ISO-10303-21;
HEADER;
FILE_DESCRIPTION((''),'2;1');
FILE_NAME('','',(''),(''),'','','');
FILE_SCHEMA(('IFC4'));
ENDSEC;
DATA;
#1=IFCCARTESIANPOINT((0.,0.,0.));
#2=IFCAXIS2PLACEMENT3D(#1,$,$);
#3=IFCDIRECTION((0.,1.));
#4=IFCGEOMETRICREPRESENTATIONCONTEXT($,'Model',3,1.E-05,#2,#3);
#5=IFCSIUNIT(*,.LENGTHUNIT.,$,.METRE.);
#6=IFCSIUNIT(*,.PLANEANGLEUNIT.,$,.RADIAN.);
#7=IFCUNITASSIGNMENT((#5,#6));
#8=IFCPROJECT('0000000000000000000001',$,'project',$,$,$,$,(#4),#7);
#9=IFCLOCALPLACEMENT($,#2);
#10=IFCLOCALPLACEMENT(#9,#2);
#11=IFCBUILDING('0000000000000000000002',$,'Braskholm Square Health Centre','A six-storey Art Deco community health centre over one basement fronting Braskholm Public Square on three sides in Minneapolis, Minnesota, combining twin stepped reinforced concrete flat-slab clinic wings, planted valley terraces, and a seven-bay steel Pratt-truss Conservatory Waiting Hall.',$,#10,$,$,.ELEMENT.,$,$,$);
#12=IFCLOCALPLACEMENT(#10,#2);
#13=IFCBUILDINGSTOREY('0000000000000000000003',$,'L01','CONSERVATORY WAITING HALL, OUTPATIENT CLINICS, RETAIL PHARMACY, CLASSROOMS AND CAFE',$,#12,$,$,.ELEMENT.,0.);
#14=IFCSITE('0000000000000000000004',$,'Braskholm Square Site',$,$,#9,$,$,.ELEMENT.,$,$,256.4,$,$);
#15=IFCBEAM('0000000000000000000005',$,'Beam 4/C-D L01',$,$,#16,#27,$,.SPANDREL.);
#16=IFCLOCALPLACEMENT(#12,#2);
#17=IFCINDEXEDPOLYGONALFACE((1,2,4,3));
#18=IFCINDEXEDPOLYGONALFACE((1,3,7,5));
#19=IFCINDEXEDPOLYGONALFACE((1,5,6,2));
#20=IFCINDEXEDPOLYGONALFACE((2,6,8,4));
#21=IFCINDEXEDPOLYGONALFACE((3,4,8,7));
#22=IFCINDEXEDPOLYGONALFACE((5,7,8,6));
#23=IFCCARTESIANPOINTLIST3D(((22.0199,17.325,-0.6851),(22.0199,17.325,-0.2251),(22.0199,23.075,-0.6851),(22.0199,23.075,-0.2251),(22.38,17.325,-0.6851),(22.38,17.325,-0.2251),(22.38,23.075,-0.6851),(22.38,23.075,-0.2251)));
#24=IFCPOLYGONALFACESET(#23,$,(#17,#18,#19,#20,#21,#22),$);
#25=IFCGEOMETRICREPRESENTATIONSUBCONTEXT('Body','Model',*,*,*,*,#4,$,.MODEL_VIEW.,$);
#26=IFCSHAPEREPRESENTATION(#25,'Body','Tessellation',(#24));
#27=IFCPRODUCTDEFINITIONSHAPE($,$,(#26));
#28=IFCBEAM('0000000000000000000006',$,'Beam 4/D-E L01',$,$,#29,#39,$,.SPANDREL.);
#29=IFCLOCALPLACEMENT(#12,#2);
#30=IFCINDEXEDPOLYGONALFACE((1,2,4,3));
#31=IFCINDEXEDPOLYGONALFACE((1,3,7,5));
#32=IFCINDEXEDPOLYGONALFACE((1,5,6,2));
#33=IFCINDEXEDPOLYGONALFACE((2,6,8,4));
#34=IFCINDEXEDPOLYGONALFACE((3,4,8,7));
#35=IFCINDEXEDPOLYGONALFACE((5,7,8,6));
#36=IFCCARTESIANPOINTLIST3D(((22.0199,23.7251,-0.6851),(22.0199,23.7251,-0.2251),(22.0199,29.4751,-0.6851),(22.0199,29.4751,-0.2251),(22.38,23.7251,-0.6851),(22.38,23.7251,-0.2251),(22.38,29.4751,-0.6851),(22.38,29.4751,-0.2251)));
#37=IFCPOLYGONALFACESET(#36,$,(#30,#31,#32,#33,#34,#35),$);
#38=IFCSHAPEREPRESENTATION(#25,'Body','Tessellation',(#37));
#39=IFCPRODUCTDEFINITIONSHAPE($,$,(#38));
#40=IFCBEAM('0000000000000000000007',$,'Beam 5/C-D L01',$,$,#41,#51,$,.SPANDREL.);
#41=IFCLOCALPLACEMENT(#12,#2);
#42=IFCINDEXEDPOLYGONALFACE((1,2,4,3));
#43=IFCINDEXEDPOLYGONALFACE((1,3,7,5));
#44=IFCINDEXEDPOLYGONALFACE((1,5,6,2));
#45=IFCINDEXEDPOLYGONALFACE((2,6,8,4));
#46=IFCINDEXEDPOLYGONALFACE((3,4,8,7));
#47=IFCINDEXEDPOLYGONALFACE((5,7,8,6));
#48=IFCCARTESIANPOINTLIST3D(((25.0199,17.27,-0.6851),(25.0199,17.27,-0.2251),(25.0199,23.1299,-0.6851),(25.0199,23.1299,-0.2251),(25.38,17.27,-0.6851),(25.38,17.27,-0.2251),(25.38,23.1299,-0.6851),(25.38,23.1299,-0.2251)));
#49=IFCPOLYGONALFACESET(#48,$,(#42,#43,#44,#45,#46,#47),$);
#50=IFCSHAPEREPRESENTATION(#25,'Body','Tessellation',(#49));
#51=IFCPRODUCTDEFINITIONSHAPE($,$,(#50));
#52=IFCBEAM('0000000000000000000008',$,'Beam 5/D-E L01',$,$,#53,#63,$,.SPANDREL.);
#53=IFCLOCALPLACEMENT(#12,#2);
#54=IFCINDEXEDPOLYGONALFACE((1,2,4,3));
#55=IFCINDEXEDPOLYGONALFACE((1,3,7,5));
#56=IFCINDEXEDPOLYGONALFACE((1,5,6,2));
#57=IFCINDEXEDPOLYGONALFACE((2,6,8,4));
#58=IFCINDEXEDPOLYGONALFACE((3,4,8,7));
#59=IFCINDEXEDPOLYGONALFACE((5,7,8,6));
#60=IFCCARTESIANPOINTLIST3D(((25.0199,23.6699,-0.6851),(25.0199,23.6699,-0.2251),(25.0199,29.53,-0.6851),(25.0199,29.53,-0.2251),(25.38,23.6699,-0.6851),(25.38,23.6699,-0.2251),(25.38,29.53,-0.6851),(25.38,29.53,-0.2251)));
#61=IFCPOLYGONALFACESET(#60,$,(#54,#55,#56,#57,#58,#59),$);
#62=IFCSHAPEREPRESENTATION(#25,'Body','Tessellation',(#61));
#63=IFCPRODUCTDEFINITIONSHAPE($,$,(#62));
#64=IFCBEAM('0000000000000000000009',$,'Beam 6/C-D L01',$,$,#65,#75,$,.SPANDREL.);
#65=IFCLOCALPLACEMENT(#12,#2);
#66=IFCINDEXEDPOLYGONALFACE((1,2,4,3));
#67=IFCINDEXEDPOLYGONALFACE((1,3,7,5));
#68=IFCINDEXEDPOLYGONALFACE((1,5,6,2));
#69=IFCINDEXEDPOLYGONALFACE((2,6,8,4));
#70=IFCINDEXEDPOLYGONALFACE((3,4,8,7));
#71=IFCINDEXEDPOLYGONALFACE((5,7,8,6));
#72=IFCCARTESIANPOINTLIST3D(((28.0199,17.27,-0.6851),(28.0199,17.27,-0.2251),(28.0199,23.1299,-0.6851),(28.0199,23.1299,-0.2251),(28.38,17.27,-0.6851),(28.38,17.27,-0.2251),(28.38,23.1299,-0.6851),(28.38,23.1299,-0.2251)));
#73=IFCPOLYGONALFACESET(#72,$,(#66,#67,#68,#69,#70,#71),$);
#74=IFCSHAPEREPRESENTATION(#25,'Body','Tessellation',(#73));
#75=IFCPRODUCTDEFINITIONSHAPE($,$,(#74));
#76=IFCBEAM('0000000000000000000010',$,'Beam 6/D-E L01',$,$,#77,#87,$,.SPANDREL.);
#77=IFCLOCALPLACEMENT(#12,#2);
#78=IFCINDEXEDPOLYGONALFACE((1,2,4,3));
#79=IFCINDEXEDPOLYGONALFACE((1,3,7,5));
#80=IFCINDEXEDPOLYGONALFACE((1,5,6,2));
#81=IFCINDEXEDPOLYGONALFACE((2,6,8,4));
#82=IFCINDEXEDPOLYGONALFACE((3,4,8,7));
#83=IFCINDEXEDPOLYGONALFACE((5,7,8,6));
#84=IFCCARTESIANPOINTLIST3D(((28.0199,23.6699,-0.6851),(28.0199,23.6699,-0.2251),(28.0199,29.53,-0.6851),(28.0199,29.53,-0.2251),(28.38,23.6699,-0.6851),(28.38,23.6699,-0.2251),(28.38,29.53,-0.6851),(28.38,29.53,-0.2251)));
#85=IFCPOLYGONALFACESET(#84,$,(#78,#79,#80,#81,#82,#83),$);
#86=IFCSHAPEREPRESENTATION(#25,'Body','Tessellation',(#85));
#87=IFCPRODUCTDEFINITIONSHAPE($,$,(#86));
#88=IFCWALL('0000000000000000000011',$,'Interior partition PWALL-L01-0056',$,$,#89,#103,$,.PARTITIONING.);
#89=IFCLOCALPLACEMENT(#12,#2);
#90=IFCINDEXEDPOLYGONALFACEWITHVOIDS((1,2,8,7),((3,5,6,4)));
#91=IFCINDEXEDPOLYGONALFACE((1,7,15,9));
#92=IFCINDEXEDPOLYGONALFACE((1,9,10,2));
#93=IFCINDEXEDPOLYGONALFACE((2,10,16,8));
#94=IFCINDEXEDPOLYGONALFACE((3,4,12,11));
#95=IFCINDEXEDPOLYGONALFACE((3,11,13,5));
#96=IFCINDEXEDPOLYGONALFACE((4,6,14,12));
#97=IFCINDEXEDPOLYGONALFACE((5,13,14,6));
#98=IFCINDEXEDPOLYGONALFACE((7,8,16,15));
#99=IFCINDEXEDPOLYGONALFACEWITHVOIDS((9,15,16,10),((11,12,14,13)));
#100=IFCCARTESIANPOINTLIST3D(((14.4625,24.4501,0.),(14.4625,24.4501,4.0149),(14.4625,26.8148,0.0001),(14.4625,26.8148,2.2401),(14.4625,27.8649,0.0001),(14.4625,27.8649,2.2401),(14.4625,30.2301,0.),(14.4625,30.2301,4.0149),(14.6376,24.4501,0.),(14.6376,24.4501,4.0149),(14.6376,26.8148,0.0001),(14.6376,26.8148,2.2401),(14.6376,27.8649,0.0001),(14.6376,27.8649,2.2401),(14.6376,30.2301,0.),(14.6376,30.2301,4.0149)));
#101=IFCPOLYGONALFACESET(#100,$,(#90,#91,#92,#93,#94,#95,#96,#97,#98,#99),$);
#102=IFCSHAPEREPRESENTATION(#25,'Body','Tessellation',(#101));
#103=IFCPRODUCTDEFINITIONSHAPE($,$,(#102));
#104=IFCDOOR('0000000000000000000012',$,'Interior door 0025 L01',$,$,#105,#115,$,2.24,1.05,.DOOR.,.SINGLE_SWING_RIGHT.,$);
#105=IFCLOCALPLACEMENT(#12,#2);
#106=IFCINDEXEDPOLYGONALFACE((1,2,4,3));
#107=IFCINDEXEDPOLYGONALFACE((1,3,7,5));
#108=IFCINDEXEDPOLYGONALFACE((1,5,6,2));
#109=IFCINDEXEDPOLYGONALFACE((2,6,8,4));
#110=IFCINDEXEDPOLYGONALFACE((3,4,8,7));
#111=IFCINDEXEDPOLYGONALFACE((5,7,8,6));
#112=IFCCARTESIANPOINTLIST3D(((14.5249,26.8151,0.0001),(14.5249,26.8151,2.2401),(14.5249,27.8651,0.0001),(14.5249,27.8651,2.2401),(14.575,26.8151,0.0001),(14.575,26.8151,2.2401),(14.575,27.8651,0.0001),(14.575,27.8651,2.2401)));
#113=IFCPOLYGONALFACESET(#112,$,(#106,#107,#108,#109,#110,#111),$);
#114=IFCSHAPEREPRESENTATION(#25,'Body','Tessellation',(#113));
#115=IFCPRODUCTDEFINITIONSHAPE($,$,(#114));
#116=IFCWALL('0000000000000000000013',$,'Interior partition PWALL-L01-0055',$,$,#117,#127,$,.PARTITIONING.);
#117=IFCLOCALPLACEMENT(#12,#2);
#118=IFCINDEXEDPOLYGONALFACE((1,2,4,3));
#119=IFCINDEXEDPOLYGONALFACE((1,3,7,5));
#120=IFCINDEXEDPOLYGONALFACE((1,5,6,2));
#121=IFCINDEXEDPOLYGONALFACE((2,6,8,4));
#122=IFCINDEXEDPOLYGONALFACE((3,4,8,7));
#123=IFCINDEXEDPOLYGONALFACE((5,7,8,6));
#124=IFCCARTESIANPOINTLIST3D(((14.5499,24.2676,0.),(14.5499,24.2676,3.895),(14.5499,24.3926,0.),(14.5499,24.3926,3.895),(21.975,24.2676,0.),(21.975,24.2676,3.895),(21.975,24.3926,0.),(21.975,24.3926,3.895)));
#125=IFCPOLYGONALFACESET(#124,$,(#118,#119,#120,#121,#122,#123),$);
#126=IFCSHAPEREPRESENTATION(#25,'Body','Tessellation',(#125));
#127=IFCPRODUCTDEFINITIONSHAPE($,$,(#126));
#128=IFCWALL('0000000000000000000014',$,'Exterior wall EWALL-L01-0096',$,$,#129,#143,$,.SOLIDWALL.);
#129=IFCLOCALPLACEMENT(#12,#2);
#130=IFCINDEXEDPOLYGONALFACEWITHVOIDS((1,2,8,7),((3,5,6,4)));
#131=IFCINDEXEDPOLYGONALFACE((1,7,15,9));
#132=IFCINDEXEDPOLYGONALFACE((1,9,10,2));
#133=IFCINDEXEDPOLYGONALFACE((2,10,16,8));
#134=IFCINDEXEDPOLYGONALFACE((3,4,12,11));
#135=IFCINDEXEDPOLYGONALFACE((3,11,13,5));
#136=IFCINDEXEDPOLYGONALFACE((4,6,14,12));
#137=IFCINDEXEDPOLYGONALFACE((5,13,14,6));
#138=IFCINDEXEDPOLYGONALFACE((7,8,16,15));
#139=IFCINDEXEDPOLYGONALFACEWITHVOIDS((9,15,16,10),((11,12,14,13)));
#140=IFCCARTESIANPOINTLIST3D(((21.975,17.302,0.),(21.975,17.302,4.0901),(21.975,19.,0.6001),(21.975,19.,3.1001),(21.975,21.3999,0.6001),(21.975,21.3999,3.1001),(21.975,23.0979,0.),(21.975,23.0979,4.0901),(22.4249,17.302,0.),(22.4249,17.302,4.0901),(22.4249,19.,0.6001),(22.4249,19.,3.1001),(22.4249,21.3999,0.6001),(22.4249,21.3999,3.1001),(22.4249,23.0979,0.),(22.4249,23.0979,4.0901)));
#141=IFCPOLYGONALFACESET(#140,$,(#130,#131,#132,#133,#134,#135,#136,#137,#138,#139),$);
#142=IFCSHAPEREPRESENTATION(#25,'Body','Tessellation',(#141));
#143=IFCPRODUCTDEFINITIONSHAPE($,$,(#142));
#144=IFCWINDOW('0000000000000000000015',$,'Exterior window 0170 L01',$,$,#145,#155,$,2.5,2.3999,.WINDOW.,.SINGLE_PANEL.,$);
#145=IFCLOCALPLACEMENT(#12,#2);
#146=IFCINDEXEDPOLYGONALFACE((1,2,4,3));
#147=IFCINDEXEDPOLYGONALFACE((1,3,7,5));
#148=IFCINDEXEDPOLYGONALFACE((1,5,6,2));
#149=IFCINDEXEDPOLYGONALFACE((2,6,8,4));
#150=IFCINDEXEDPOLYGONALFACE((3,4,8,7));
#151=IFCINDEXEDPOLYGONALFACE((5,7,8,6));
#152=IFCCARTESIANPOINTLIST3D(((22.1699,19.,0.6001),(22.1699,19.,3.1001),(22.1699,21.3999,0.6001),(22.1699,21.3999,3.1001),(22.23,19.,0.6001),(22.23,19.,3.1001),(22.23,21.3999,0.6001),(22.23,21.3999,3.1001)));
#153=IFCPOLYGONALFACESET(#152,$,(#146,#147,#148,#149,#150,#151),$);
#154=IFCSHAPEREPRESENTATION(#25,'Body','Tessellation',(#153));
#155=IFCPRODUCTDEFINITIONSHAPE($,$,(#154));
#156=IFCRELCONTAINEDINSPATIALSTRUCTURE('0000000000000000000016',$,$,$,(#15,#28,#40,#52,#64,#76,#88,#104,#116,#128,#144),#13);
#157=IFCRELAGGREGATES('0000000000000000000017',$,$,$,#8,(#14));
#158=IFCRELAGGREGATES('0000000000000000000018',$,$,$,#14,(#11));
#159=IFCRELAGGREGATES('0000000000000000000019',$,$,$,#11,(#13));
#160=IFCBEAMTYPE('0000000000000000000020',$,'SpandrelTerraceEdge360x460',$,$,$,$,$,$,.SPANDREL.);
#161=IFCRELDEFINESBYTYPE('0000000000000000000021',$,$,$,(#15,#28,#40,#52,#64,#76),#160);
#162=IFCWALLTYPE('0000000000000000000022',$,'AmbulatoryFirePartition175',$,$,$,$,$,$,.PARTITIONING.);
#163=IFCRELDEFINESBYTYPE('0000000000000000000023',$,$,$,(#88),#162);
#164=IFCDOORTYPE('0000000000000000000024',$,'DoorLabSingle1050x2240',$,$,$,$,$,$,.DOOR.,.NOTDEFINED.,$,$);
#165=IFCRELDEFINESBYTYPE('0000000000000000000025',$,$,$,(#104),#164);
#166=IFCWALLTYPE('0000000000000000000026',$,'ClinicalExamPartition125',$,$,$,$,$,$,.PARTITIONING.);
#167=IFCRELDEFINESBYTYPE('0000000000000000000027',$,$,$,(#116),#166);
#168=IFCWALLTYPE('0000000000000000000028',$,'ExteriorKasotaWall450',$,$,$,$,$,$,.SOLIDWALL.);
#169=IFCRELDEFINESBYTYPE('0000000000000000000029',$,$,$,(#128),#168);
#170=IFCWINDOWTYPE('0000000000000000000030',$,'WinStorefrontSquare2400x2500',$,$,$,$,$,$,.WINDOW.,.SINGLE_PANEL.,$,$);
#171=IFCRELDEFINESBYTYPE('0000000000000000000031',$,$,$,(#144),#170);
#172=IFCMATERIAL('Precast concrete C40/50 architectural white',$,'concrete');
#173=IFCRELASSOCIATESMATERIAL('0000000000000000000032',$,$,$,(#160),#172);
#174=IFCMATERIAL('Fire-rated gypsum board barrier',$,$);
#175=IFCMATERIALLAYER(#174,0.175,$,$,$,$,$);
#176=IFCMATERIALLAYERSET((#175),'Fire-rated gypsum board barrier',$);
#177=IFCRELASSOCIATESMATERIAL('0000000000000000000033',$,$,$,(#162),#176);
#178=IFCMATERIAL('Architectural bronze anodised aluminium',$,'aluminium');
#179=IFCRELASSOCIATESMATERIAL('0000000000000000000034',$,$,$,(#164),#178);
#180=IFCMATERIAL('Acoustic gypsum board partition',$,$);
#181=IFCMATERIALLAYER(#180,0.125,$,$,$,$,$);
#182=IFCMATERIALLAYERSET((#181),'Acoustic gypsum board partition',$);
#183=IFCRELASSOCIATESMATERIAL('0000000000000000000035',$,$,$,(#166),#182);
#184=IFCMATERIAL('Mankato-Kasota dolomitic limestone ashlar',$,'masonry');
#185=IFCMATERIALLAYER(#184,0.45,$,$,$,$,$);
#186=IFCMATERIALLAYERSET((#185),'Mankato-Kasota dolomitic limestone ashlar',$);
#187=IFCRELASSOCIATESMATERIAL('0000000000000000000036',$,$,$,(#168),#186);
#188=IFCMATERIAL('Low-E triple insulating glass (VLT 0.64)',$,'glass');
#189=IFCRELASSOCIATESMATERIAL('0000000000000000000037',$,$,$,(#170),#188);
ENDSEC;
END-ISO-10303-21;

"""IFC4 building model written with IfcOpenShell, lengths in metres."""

from ifc_helpers import new_model, si_unit, direction, frame, frame_2d, origin, origin_with_axes, origin_2d, place, context, subcontext, project, spatial, rectangle, extrude, material, layer, layer_set, material_profile, profile_set, type_object, element, fill, save


model = new_model("IFC4")

# Units and contexts
model_context = context("Model", 3, precision=1e-05, world=origin(), true_north=direction((0.0, 1.0)))
body_context = subcontext(model_context, "Body", "Model", "MODEL_VIEW")
ifc_project = project(units=[si_unit("LENGTHUNIT", "METRE"), si_unit("PLANEANGLEUNIT", "RADIAN")], contexts=[model_context])

# Site, building, storey
site_placement = place(None, origin())
site = spatial("IfcSite", under=ifc_project, at=site_placement, Name="Braskholm Square Site", CompositionType="ELEMENT", RefElevation=256.4)
building_placement = place(site_placement, origin())
building = spatial("IfcBuilding", under=site, at=building_placement, Name="Braskholm Square Health Centre", Description="A six-storey Art Deco community health centre over one basement fronting Braskholm Public Square on three sides in Minneapolis, Minnesota, combining twin stepped reinforced concrete flat-slab clinic wings, planted valley terraces, and a seven-bay steel Pratt-truss Conservatory Waiting Hall.", CompositionType="ELEMENT")
storey_placement = place(building_placement, origin())
storey = spatial("IfcBuildingStorey", under=building, at=storey_placement, Name="L01", Description="CONSERVATORY WAITING HALL, OUTPATIENT CLINICS, RETAIL PHARMACY, CLASSROOMS AND CAFE", CompositionType="ELEMENT", Elevation=0.0)

# Shared definitions
ifc_material_1 = material(Name="Precast concrete C40/50 architectural white", Category="concrete")

# Beams
ifc_material_profile_1 = material_profile(ifc_material_1, rectangle(XDim=0.3601, YDim=0.46, at=origin_2d()), Name="RCB-360X460")
ifc_profile_set_1 = profile_set([ifc_material_profile_1], Name="Precast concrete C40/50 architectural white")
beam_type_1 = type_object("IfcBeamType", Name="SpandrelTerraceEdge360x460", PredefinedType="SPANDREL", material=ifc_profile_set_1)
for number, where, z_axis, x_axis, name in (
    (1, (22.2, 17.325, -0.4551), (0.0, 1.0, 0.0), (-1.0, 0.0, 0.0), "Beam 4/C-D L01"),
    (2, (22.2, 23.7251, -0.4551), (0.0, 1.0, 0.0), (-1.0, 0.0, 0.0), "Beam 4/D-E L01"),
):
    element("IfcBeam", number, at=place(storey_placement, frame(where, z_axis=z_axis, x_axis=x_axis)), inside=storey, type_object=beam_type_1, Name=name, PredefinedType="SPANDREL", context=body_context, shape_type="SweptSolid", body=[
        extrude(rectangle(XDim=0.3601, YDim=0.46, at=origin_2d()), origin(), (0.0, 0.0, 1.0), 5.75),
    ])
beam_1_placement = place(storey_placement, frame((25.2, 17.27, -0.4551), z_axis=(0.0, 1.0, 0.0), x_axis=(-1.0, 0.0, 0.0)))
element("IfcBeam", 3, at=beam_1_placement, inside=storey, type_object=beam_type_1, Name="Beam 5/C-D L01", PredefinedType="SPANDREL", context=body_context, shape_type="SweptSolid", body=[
    extrude(rectangle(XDim=0.3601, YDim=0.46, at=origin_2d()), origin(), (0.0, 0.0, 1.0), 5.8599),
])
beam_2_placement = place(storey_placement, frame((25.2, 23.6699, -0.4551), z_axis=(0.0, 1.0, 0.0), x_axis=(-1.0, 0.0, 0.0)))
element("IfcBeam", 4, at=beam_2_placement, inside=storey, type_object=beam_type_1, Name="Beam 5/D-E L01", PredefinedType="SPANDREL", context=body_context, shape_type="SweptSolid", body=[
    extrude(rectangle(XDim=0.3601, YDim=0.46, at=origin_2d()), origin(), (0.0, 0.0, 1.0), 5.8601),
])
beam_3_placement = place(storey_placement, frame((28.2, 17.27, -0.4551), z_axis=(0.0, 1.0, 0.0), x_axis=(-1.0, 0.0, 0.0)))
element("IfcBeam", 5, at=beam_3_placement, inside=storey, type_object=beam_type_1, Name="Beam 6/C-D L01", PredefinedType="SPANDREL", context=body_context, shape_type="SweptSolid", body=[
    extrude(rectangle(XDim=0.3601, YDim=0.46, at=origin_2d()), origin(), (0.0, 0.0, 1.0), 5.8599),
])
beam_4_placement = place(storey_placement, frame((28.2, 23.6699, -0.4551), z_axis=(0.0, 1.0, 0.0), x_axis=(-1.0, 0.0, 0.0)))
element("IfcBeam", 6, at=beam_4_placement, inside=storey, type_object=beam_type_1, Name="Beam 6/D-E L01", PredefinedType="SPANDREL", context=body_context, shape_type="SweptSolid", body=[
    extrude(rectangle(XDim=0.3601, YDim=0.46, at=origin_2d()), origin(), (0.0, 0.0, 1.0), 5.8601),
])

# Wall, opening, door
ifc_material_2 = material(Name="Fire-rated gypsum board barrier")
ifc_layer_1 = layer(ifc_material_2, 0.175)
ifc_layer_set_1 = layer_set([ifc_layer_1], Name="Fire-rated gypsum board barrier")
wall_type_1 = type_object("IfcWallType", Name="AmbulatoryFirePartition175", PredefinedType="PARTITIONING", material=ifc_layer_set_1)
wall_1_placement = place(storey_placement, frame((14.55, 24.45, 0.0), z_axis=(0.0, 0.0, 1.0), x_axis=(0.0, 1.0, 0.0)))
wall_1 = element("IfcWall", 7, at=wall_1_placement, inside=storey, type_object=wall_type_1, Name="Interior partition PWALL-L01-0056", PredefinedType="PARTITIONING", context=body_context, shape_type="SweptSolid", body=[
    extrude(rectangle(XDim=5.78, YDim=0.175, at=frame_2d((2.8901, 0.0))), origin(), (0.0, 0.0, 1.0), 4.0149),
])
opening_1_placement = place(wall_1_placement, frame((2.365, 0.0, 0.0)))
opening_1 = element("IfcOpeningElement", 8, at=opening_1_placement, cuts=wall_1, PredefinedType="OPENING", context=body_context, shape_type="SweptSolid", body=[
    extrude(rectangle(XDim=1.05, YDim=2.24, at=frame_2d((0.5249, 1.1201))), frame((0.0, 0.0977, 0.0), z_axis=(0.0, -1.0, 0.0), x_axis=(1.0, 0.0, 0.0)), (0.0, 0.0, 1.0), 0.1951),
])
ifc_material_3 = material(Name="Architectural bronze anodised aluminium", Category="aluminium")
door_type_1 = type_object("IfcDoorType", Name="DoorLabSingle1050x2240", OperationType="NOTDEFINED", PredefinedType="DOOR", material=ifc_material_3)
door_1_placement = place(opening_1_placement, frame((1.05, 0.0, 0.0), z_axis=(0.0, 0.0, 1.0), x_axis=(-1.0, 0.0, 0.0)))
door_1 = element("IfcDoor", 9, at=door_1_placement, inside=storey, type_object=door_type_1, Name="Interior door 0025 L01", OperationType="SINGLE_SWING_RIGHT", OverallHeight=2.24, OverallWidth=1.05, PredefinedType="DOOR", context=body_context, shape_type="SweptSolid", body=[
    extrude(rectangle(XDim=1.05, YDim=2.24, at=frame_2d((0.5249, 1.1201))), frame((0.0, 0.0249, 0.0), z_axis=(0.0, -1.0, 0.0), x_axis=(1.0, 0.0, 0.0)), (0.0, 0.0, 1.0), 0.05),
])
fill(opening_1, door_1)

# Wall
ifc_material_4 = material(Name="Acoustic gypsum board partition")
ifc_layer_2 = layer(ifc_material_4, 0.125)
ifc_layer_set_2 = layer_set([ifc_layer_2], Name="Acoustic gypsum board partition")
wall_type_2 = type_object("IfcWallType", Name="ClinicalExamPartition125", PredefinedType="PARTITIONING", material=ifc_layer_set_2)
wall_2_placement = place(storey_placement, frame((14.55, 24.3301, 0.0), z_axis=(0.0, 0.0, 1.0), x_axis=(1.0, 0.0, 0.0)))
element("IfcWall", 10, at=wall_2_placement, inside=storey, type_object=wall_type_2, Name="Interior partition PWALL-L01-0055", PredefinedType="PARTITIONING", context=body_context, shape_type="SweptSolid", body=[
    extrude(rectangle(XDim=7.425, YDim=0.125, at=frame_2d((3.7124, 0.0))), origin(), (0.0, 0.0, 1.0), 3.895),
])

# Wall, opening, window
ifc_material_5 = material(Name="Mankato-Kasota dolomitic limestone ashlar", Category="masonry")
ifc_layer_3 = layer(ifc_material_5, 0.45)
ifc_layer_set_3 = layer_set([ifc_layer_3], Name="Mankato-Kasota dolomitic limestone ashlar")
wall_type_3 = type_object("IfcWallType", Name="ExteriorKasotaWall450", PredefinedType="SOLIDWALL", material=ifc_layer_set_3)
wall_3_placement = place(storey_placement, frame((22.2, 17.302, 0.0), z_axis=(0.0, 0.0, 1.0), x_axis=(0.0, 1.0, 0.0)))
wall_3 = element("IfcWall", 11, at=wall_3_placement, inside=storey, type_object=wall_type_3, Name="Exterior wall EWALL-L01-0096", PredefinedType="SOLIDWALL", context=body_context, shape_type="SweptSolid", body=[
    extrude(rectangle(XDim=5.7959, YDim=0.45, at=frame_2d((2.8979, 0.0))), origin(), (0.0, 0.0, 1.0), 4.0901),
])
opening_2_placement = place(wall_3_placement, frame((1.698, 0.0, 0.6001)))
opening_2 = element("IfcOpeningElement", 12, at=opening_2_placement, cuts=wall_3, PredefinedType="OPENING", context=body_context, shape_type="SweptSolid", body=[
    extrude(rectangle(XDim=2.3999, YDim=2.5, at=frame_2d((1.2, 1.25))), frame((0.0, 0.2349, 0.0), z_axis=(0.0, -1.0, 0.0), x_axis=(1.0, 0.0, 0.0)), (0.0, 0.0, 1.0), 0.47),
])
ifc_material_6 = material(Name="Low-E triple insulating glass (VLT 0.64)", Category="glass")
window_type = type_object("IfcWindowType", Name="WinStorefrontSquare2400x2500", PartitioningType="SINGLE_PANEL", PredefinedType="WINDOW", material=ifc_material_6)
window_placement = place(opening_2_placement, origin_with_axes())
window = element("IfcWindow", 13, at=window_placement, inside=storey, type_object=window_type, Name="Exterior window 0170 L01", OverallHeight=2.5, OverallWidth=2.3999, PartitioningType="SINGLE_PANEL", PredefinedType="WINDOW", context=body_context, shape_type="SweptSolid", body=[
    extrude(rectangle(XDim=2.3999, YDim=2.5, at=frame_2d((1.2, 1.25))), frame((0.0, 0.03, 0.0), z_axis=(0.0, -1.0, 0.0), x_axis=(1.0, 0.0, 0.0)), (0.0, 0.0, 1.0), 0.0601),
])
fill(opening_2, window)

save(model, "model.ifc")
